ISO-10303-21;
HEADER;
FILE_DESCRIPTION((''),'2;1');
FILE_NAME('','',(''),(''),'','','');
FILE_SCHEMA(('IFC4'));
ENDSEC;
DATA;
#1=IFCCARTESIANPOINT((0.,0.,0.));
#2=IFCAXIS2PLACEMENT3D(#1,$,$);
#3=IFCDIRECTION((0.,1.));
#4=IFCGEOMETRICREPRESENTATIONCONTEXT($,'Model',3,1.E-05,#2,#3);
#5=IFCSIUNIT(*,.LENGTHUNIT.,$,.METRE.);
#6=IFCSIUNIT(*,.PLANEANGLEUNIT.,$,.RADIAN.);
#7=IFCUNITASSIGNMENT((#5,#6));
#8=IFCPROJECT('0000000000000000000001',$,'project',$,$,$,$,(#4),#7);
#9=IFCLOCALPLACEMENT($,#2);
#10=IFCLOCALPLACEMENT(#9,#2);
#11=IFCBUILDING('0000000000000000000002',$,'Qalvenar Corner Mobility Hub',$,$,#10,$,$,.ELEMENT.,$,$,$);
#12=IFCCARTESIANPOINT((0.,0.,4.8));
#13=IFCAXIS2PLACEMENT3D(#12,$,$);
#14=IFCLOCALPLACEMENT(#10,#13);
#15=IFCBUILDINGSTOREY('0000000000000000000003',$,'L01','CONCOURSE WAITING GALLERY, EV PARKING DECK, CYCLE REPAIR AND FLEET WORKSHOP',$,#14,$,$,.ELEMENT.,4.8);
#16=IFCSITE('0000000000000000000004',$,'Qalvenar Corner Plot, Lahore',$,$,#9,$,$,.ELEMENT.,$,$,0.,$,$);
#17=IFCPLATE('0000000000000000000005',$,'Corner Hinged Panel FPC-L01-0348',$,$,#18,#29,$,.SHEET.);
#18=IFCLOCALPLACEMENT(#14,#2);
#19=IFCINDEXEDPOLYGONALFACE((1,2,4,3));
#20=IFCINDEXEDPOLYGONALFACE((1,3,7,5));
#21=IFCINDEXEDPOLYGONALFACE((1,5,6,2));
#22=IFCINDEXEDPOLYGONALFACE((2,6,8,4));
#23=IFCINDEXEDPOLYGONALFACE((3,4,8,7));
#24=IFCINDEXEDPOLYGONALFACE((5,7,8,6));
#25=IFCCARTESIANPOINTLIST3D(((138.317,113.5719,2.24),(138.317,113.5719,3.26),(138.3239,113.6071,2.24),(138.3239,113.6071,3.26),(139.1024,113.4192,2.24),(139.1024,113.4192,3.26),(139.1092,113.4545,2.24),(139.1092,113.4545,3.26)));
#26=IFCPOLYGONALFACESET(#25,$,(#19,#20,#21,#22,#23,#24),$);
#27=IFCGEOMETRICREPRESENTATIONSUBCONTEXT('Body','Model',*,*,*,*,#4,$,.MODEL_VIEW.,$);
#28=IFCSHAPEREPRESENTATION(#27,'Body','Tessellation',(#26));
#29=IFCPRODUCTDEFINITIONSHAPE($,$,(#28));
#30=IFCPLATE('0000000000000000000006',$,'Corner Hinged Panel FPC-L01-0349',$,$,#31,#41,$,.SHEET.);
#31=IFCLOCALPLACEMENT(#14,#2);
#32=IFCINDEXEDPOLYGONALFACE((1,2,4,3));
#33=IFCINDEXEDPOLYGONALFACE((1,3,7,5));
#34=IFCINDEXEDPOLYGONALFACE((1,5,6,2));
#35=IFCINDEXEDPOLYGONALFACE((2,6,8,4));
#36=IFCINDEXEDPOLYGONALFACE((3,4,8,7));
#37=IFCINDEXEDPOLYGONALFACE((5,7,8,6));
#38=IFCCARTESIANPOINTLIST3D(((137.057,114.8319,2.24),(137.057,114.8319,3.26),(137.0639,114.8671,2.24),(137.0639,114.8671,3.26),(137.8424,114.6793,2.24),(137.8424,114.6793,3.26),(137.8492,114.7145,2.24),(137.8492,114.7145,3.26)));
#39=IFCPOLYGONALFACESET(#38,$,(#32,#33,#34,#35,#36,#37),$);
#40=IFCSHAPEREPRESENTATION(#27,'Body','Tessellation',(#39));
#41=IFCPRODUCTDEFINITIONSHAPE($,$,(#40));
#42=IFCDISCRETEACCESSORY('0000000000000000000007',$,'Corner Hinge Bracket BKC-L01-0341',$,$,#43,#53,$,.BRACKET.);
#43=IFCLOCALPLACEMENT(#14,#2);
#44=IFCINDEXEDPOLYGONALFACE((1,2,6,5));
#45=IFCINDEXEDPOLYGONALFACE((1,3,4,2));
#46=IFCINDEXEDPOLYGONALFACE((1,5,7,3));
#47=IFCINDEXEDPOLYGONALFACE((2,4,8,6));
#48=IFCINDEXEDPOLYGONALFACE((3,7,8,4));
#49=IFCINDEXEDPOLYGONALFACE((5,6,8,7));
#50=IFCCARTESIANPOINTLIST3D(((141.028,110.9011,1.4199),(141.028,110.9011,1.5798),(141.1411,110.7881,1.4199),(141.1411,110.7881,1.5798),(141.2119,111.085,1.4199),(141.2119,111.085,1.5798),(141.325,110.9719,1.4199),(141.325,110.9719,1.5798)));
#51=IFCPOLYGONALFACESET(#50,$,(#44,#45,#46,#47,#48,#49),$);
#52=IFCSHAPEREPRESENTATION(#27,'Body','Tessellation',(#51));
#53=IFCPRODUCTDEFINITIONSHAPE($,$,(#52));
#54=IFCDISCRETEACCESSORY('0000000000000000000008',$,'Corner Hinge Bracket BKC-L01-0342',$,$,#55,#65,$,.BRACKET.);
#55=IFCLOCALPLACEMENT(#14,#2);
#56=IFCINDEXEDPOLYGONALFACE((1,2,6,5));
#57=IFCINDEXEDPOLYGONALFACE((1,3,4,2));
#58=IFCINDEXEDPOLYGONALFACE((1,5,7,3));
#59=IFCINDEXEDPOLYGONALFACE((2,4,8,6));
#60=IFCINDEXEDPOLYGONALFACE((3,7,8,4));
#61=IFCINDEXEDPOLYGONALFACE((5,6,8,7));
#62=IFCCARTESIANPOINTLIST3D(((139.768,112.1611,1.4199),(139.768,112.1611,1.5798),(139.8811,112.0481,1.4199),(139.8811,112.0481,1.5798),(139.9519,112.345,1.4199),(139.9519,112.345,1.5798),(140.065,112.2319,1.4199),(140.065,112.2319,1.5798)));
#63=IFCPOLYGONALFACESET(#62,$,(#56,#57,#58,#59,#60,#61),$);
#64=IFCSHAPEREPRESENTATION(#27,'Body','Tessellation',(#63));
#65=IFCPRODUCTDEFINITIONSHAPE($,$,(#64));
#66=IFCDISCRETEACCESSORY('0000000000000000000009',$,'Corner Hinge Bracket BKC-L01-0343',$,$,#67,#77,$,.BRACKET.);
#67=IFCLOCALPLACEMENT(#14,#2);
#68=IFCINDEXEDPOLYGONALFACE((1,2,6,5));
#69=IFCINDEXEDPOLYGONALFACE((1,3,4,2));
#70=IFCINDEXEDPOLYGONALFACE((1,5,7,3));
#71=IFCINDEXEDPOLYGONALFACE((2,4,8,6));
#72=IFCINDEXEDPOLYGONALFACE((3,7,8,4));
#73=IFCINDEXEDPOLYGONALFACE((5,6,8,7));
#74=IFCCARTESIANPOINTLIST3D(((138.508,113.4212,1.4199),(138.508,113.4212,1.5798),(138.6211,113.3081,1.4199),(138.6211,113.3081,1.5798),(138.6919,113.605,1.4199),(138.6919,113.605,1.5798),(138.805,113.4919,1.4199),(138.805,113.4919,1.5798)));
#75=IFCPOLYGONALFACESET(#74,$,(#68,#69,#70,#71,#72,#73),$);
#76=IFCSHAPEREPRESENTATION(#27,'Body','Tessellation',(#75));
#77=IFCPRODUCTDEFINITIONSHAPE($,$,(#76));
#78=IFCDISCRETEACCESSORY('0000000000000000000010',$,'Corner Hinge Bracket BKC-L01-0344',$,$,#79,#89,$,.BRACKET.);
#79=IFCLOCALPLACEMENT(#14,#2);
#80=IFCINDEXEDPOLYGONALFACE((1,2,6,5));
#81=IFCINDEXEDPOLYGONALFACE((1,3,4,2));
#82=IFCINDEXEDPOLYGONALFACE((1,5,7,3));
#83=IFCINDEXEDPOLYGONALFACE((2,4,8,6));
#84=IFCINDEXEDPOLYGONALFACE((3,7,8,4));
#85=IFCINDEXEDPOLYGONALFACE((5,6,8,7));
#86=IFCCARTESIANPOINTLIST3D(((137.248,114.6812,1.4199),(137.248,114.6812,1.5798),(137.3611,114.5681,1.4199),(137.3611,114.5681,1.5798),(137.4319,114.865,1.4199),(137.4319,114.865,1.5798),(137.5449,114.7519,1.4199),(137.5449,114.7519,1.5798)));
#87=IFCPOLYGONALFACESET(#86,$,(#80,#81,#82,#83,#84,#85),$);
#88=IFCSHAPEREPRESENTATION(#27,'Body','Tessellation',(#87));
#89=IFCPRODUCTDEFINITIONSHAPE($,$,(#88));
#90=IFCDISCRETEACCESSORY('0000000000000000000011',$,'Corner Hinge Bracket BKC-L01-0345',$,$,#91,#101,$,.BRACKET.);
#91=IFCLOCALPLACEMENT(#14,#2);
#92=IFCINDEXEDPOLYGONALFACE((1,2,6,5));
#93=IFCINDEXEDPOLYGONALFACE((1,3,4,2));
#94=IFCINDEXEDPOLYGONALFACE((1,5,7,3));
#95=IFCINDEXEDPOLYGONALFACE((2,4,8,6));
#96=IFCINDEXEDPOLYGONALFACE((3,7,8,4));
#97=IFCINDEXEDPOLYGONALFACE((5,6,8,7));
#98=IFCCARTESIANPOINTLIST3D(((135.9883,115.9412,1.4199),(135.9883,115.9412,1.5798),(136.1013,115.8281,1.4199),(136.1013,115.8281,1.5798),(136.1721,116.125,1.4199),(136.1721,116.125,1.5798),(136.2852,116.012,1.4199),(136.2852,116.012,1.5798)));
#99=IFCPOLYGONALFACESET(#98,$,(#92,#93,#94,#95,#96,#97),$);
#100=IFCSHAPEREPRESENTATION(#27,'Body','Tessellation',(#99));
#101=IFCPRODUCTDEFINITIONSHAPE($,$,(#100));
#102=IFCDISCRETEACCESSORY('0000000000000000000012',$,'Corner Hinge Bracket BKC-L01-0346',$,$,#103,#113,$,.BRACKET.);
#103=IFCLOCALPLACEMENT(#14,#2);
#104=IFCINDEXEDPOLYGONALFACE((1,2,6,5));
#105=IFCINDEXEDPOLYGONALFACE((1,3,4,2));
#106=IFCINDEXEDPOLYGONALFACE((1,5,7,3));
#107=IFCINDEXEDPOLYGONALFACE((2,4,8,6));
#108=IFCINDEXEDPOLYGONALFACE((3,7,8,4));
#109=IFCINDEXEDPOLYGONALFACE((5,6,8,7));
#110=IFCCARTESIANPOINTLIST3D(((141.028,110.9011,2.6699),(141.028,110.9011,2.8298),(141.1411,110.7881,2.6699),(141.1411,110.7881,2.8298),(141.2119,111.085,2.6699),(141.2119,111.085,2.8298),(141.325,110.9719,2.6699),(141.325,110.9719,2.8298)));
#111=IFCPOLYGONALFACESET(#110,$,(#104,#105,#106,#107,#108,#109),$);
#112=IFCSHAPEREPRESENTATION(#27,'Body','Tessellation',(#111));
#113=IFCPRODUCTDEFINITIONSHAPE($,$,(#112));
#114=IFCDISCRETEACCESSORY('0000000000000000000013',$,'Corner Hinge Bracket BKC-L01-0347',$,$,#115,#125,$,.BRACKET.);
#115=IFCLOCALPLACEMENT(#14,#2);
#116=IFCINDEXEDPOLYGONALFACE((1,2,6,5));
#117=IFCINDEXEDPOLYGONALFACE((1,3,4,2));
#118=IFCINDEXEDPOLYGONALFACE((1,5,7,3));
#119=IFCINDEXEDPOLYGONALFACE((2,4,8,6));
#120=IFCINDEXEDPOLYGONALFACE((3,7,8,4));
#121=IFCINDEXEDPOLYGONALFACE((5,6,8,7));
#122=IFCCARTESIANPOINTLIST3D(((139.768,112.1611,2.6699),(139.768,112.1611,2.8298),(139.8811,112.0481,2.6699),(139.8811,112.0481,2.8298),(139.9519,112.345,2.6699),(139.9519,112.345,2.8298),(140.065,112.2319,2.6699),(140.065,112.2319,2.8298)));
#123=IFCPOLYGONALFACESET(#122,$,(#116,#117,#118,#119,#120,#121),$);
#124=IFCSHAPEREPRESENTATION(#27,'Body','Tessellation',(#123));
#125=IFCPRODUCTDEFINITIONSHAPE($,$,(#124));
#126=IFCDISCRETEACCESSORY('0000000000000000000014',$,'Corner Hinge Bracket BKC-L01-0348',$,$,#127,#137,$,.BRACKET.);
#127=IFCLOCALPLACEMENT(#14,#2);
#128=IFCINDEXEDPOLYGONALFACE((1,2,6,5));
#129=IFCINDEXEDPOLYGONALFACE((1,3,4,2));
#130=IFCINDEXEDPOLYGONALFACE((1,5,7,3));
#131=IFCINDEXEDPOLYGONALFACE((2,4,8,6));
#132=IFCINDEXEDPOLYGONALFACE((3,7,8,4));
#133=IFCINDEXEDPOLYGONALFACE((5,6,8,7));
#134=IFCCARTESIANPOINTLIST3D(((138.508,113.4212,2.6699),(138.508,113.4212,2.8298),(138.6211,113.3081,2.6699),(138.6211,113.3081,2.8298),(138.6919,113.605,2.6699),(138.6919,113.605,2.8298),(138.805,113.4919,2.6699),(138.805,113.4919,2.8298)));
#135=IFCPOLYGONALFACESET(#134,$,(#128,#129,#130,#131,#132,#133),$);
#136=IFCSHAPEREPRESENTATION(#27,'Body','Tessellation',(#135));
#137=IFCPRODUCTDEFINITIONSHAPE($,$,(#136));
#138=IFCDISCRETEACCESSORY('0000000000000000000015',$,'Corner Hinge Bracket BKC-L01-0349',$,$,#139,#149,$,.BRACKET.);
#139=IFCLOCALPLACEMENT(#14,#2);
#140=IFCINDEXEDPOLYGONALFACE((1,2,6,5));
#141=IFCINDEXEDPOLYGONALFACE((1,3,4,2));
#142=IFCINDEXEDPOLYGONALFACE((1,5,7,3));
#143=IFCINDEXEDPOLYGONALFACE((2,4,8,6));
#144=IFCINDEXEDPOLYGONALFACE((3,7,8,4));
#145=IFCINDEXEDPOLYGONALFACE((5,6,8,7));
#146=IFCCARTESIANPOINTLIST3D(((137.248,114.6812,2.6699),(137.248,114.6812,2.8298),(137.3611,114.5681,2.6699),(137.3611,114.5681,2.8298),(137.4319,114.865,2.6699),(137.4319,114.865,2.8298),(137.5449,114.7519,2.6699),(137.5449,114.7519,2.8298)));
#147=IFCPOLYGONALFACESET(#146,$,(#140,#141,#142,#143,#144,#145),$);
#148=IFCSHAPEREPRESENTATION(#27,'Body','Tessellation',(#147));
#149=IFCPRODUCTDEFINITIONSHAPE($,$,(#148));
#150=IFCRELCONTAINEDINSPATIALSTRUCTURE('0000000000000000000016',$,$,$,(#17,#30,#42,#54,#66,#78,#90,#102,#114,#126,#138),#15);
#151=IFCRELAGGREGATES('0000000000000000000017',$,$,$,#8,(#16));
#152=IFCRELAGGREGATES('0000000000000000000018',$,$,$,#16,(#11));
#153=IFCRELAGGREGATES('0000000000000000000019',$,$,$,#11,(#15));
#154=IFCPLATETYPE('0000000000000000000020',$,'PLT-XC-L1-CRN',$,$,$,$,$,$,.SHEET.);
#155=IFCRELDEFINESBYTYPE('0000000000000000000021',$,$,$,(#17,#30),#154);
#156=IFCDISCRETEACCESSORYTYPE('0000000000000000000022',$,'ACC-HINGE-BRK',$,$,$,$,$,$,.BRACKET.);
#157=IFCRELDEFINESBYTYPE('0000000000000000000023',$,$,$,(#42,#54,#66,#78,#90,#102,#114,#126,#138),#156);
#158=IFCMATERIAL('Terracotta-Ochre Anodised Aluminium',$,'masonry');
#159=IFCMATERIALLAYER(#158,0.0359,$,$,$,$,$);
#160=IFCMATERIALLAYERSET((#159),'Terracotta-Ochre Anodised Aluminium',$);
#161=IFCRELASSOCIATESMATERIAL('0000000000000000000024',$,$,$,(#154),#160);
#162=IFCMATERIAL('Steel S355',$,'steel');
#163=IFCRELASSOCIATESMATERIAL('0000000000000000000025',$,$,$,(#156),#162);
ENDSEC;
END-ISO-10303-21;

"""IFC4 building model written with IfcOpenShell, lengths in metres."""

from ifc_helpers import new_model, si_unit, direction, frame, origin, origin_2d, place, context, subcontext, project, spatial, rectangle, extrude, material, layer, layer_set, type_object, element, save


model = new_model("IFC4")

# Units and contexts
model_context = context("Model", 3, precision=1e-05, world=origin(), true_north=direction((0.0, 1.0)))
body_context = subcontext(model_context, "Body", "Model", "MODEL_VIEW")
ifc_project = project(units=[si_unit("LENGTHUNIT", "METRE"), si_unit("PLANEANGLEUNIT", "RADIAN")], contexts=[model_context])

# Site, building, storey
site_placement = place(None, origin())
site = spatial("IfcSite", under=ifc_project, at=site_placement, Name="Qalvenar Corner Plot, Lahore", CompositionType="ELEMENT", RefElevation=0.0)
building_placement = place(site_placement, origin())
building = spatial("IfcBuilding", under=site, at=building_placement, Name="Qalvenar Corner Mobility Hub", CompositionType="ELEMENT")
storey_placement = place(building_placement, frame((0.0, 0.0, 4.8)))
storey = spatial("IfcBuildingStorey", under=building, at=storey_placement, Name="L01", Description="CONCOURSE WAITING GALLERY, EV PARKING DECK, CYCLE REPAIR AND FLEET WORKSHOP", CompositionType="ELEMENT", Elevation=4.8)

# Shared definitions
ifc_material_1 = material(Name="Steel S355", Category="steel")

# Plates
ifc_material_2 = material(Name="Terracotta-Ochre Anodised Aluminium", Category="masonry")
ifc_layer = layer(ifc_material_2, 0.0359)
ifc_layer_set = layer_set([ifc_layer], Name="Terracotta-Ochre Anodised Aluminium")
plate_type = type_object("IfcPlateType", Name="PLT-XC-L1-CRN", PredefinedType="SHEET", material=ifc_layer_set)
for number, where, z_axis, x_axis, name in (
    (1, (138.7131, 113.5132, 2.24), (0.0, 0.0, 1.0), (-0.981627, 0.190809, 0.0), "Corner Hinged Panel FPC-L01-0348"),
    (2, (137.4531, 114.7732, 2.24), (0.0, 0.0, 1.0), (-0.981627, 0.190809, 0.0), "Corner Hinged Panel FPC-L01-0349"),
):
    element("IfcPlate", number, at=place(storey_placement, frame(where, z_axis=z_axis, x_axis=x_axis)), inside=storey, type_object=plate_type, Name=name, PredefinedType="SHEET", context=body_context, shape_type="SweptSolid", body=[
        extrude(rectangle(XDim=0.8, YDim=0.0359, at=origin_2d()), origin(), (0.0, 0.0, 1.0), 1.02),
    ])

# Discrete accessories
discrete_accessory_type = type_object("IfcDiscreteAccessoryType", Name="ACC-HINGE-BRK", PredefinedType="BRACKET", material=ifc_material_1)
for number, where, z_axis, x_axis, name in (
    (3, (141.1765, 110.9365, 1.4199), (0.0, 0.0, 1.0), (-0.707107, 0.707107, 0.0), "Corner Hinge Bracket BKC-L01-0341"),
    (4, (139.9165, 112.1965, 1.4199), (0.0, 0.0, 1.0), (-0.707107, 0.707107, 0.0), "Corner Hinge Bracket BKC-L01-0342"),
    (5, (138.6565, 113.4565, 1.4199), (0.0, 0.0, 1.0), (-0.707107, 0.707107, 0.0), "Corner Hinge Bracket BKC-L01-0343"),
    (6, (137.3965, 114.7166, 1.4199), (0.0, 0.0, 1.0), (-0.707107, 0.707107, 0.0), "Corner Hinge Bracket BKC-L01-0344"),
    (7, (136.1367, 115.9766, 1.4199), (0.0, 0.0, 1.0), (-0.707107, 0.707107, 0.0), "Corner Hinge Bracket BKC-L01-0345"),
    (8, (141.1765, 110.9365, 2.6699), (0.0, 0.0, 1.0), (-0.707107, 0.707107, 0.0), "Corner Hinge Bracket BKC-L01-0346"),
    (9, (139.9165, 112.1965, 2.6699), (0.0, 0.0, 1.0), (-0.707107, 0.707107, 0.0), "Corner Hinge Bracket BKC-L01-0347"),
    (10, (138.6565, 113.4565, 2.6699), (0.0, 0.0, 1.0), (-0.707107, 0.707107, 0.0), "Corner Hinge Bracket BKC-L01-0348"),
    (11, (137.3965, 114.7166, 2.6699), (0.0, 0.0, 1.0), (-0.707107, 0.707107, 0.0), "Corner Hinge Bracket BKC-L01-0349"),
):
    element("IfcDiscreteAccessory", number, at=place(storey_placement, frame(where, z_axis=z_axis, x_axis=x_axis)), inside=storey, type_object=discrete_accessory_type, Name=name, PredefinedType="BRACKET", context=body_context, shape_type="SweptSolid", body=[
        extrude(rectangle(XDim=0.1599, YDim=0.26, at=origin_2d()), origin(), (0.0, 0.0, 1.0), 0.1599),
    ])

save(model, "model.ifc")
